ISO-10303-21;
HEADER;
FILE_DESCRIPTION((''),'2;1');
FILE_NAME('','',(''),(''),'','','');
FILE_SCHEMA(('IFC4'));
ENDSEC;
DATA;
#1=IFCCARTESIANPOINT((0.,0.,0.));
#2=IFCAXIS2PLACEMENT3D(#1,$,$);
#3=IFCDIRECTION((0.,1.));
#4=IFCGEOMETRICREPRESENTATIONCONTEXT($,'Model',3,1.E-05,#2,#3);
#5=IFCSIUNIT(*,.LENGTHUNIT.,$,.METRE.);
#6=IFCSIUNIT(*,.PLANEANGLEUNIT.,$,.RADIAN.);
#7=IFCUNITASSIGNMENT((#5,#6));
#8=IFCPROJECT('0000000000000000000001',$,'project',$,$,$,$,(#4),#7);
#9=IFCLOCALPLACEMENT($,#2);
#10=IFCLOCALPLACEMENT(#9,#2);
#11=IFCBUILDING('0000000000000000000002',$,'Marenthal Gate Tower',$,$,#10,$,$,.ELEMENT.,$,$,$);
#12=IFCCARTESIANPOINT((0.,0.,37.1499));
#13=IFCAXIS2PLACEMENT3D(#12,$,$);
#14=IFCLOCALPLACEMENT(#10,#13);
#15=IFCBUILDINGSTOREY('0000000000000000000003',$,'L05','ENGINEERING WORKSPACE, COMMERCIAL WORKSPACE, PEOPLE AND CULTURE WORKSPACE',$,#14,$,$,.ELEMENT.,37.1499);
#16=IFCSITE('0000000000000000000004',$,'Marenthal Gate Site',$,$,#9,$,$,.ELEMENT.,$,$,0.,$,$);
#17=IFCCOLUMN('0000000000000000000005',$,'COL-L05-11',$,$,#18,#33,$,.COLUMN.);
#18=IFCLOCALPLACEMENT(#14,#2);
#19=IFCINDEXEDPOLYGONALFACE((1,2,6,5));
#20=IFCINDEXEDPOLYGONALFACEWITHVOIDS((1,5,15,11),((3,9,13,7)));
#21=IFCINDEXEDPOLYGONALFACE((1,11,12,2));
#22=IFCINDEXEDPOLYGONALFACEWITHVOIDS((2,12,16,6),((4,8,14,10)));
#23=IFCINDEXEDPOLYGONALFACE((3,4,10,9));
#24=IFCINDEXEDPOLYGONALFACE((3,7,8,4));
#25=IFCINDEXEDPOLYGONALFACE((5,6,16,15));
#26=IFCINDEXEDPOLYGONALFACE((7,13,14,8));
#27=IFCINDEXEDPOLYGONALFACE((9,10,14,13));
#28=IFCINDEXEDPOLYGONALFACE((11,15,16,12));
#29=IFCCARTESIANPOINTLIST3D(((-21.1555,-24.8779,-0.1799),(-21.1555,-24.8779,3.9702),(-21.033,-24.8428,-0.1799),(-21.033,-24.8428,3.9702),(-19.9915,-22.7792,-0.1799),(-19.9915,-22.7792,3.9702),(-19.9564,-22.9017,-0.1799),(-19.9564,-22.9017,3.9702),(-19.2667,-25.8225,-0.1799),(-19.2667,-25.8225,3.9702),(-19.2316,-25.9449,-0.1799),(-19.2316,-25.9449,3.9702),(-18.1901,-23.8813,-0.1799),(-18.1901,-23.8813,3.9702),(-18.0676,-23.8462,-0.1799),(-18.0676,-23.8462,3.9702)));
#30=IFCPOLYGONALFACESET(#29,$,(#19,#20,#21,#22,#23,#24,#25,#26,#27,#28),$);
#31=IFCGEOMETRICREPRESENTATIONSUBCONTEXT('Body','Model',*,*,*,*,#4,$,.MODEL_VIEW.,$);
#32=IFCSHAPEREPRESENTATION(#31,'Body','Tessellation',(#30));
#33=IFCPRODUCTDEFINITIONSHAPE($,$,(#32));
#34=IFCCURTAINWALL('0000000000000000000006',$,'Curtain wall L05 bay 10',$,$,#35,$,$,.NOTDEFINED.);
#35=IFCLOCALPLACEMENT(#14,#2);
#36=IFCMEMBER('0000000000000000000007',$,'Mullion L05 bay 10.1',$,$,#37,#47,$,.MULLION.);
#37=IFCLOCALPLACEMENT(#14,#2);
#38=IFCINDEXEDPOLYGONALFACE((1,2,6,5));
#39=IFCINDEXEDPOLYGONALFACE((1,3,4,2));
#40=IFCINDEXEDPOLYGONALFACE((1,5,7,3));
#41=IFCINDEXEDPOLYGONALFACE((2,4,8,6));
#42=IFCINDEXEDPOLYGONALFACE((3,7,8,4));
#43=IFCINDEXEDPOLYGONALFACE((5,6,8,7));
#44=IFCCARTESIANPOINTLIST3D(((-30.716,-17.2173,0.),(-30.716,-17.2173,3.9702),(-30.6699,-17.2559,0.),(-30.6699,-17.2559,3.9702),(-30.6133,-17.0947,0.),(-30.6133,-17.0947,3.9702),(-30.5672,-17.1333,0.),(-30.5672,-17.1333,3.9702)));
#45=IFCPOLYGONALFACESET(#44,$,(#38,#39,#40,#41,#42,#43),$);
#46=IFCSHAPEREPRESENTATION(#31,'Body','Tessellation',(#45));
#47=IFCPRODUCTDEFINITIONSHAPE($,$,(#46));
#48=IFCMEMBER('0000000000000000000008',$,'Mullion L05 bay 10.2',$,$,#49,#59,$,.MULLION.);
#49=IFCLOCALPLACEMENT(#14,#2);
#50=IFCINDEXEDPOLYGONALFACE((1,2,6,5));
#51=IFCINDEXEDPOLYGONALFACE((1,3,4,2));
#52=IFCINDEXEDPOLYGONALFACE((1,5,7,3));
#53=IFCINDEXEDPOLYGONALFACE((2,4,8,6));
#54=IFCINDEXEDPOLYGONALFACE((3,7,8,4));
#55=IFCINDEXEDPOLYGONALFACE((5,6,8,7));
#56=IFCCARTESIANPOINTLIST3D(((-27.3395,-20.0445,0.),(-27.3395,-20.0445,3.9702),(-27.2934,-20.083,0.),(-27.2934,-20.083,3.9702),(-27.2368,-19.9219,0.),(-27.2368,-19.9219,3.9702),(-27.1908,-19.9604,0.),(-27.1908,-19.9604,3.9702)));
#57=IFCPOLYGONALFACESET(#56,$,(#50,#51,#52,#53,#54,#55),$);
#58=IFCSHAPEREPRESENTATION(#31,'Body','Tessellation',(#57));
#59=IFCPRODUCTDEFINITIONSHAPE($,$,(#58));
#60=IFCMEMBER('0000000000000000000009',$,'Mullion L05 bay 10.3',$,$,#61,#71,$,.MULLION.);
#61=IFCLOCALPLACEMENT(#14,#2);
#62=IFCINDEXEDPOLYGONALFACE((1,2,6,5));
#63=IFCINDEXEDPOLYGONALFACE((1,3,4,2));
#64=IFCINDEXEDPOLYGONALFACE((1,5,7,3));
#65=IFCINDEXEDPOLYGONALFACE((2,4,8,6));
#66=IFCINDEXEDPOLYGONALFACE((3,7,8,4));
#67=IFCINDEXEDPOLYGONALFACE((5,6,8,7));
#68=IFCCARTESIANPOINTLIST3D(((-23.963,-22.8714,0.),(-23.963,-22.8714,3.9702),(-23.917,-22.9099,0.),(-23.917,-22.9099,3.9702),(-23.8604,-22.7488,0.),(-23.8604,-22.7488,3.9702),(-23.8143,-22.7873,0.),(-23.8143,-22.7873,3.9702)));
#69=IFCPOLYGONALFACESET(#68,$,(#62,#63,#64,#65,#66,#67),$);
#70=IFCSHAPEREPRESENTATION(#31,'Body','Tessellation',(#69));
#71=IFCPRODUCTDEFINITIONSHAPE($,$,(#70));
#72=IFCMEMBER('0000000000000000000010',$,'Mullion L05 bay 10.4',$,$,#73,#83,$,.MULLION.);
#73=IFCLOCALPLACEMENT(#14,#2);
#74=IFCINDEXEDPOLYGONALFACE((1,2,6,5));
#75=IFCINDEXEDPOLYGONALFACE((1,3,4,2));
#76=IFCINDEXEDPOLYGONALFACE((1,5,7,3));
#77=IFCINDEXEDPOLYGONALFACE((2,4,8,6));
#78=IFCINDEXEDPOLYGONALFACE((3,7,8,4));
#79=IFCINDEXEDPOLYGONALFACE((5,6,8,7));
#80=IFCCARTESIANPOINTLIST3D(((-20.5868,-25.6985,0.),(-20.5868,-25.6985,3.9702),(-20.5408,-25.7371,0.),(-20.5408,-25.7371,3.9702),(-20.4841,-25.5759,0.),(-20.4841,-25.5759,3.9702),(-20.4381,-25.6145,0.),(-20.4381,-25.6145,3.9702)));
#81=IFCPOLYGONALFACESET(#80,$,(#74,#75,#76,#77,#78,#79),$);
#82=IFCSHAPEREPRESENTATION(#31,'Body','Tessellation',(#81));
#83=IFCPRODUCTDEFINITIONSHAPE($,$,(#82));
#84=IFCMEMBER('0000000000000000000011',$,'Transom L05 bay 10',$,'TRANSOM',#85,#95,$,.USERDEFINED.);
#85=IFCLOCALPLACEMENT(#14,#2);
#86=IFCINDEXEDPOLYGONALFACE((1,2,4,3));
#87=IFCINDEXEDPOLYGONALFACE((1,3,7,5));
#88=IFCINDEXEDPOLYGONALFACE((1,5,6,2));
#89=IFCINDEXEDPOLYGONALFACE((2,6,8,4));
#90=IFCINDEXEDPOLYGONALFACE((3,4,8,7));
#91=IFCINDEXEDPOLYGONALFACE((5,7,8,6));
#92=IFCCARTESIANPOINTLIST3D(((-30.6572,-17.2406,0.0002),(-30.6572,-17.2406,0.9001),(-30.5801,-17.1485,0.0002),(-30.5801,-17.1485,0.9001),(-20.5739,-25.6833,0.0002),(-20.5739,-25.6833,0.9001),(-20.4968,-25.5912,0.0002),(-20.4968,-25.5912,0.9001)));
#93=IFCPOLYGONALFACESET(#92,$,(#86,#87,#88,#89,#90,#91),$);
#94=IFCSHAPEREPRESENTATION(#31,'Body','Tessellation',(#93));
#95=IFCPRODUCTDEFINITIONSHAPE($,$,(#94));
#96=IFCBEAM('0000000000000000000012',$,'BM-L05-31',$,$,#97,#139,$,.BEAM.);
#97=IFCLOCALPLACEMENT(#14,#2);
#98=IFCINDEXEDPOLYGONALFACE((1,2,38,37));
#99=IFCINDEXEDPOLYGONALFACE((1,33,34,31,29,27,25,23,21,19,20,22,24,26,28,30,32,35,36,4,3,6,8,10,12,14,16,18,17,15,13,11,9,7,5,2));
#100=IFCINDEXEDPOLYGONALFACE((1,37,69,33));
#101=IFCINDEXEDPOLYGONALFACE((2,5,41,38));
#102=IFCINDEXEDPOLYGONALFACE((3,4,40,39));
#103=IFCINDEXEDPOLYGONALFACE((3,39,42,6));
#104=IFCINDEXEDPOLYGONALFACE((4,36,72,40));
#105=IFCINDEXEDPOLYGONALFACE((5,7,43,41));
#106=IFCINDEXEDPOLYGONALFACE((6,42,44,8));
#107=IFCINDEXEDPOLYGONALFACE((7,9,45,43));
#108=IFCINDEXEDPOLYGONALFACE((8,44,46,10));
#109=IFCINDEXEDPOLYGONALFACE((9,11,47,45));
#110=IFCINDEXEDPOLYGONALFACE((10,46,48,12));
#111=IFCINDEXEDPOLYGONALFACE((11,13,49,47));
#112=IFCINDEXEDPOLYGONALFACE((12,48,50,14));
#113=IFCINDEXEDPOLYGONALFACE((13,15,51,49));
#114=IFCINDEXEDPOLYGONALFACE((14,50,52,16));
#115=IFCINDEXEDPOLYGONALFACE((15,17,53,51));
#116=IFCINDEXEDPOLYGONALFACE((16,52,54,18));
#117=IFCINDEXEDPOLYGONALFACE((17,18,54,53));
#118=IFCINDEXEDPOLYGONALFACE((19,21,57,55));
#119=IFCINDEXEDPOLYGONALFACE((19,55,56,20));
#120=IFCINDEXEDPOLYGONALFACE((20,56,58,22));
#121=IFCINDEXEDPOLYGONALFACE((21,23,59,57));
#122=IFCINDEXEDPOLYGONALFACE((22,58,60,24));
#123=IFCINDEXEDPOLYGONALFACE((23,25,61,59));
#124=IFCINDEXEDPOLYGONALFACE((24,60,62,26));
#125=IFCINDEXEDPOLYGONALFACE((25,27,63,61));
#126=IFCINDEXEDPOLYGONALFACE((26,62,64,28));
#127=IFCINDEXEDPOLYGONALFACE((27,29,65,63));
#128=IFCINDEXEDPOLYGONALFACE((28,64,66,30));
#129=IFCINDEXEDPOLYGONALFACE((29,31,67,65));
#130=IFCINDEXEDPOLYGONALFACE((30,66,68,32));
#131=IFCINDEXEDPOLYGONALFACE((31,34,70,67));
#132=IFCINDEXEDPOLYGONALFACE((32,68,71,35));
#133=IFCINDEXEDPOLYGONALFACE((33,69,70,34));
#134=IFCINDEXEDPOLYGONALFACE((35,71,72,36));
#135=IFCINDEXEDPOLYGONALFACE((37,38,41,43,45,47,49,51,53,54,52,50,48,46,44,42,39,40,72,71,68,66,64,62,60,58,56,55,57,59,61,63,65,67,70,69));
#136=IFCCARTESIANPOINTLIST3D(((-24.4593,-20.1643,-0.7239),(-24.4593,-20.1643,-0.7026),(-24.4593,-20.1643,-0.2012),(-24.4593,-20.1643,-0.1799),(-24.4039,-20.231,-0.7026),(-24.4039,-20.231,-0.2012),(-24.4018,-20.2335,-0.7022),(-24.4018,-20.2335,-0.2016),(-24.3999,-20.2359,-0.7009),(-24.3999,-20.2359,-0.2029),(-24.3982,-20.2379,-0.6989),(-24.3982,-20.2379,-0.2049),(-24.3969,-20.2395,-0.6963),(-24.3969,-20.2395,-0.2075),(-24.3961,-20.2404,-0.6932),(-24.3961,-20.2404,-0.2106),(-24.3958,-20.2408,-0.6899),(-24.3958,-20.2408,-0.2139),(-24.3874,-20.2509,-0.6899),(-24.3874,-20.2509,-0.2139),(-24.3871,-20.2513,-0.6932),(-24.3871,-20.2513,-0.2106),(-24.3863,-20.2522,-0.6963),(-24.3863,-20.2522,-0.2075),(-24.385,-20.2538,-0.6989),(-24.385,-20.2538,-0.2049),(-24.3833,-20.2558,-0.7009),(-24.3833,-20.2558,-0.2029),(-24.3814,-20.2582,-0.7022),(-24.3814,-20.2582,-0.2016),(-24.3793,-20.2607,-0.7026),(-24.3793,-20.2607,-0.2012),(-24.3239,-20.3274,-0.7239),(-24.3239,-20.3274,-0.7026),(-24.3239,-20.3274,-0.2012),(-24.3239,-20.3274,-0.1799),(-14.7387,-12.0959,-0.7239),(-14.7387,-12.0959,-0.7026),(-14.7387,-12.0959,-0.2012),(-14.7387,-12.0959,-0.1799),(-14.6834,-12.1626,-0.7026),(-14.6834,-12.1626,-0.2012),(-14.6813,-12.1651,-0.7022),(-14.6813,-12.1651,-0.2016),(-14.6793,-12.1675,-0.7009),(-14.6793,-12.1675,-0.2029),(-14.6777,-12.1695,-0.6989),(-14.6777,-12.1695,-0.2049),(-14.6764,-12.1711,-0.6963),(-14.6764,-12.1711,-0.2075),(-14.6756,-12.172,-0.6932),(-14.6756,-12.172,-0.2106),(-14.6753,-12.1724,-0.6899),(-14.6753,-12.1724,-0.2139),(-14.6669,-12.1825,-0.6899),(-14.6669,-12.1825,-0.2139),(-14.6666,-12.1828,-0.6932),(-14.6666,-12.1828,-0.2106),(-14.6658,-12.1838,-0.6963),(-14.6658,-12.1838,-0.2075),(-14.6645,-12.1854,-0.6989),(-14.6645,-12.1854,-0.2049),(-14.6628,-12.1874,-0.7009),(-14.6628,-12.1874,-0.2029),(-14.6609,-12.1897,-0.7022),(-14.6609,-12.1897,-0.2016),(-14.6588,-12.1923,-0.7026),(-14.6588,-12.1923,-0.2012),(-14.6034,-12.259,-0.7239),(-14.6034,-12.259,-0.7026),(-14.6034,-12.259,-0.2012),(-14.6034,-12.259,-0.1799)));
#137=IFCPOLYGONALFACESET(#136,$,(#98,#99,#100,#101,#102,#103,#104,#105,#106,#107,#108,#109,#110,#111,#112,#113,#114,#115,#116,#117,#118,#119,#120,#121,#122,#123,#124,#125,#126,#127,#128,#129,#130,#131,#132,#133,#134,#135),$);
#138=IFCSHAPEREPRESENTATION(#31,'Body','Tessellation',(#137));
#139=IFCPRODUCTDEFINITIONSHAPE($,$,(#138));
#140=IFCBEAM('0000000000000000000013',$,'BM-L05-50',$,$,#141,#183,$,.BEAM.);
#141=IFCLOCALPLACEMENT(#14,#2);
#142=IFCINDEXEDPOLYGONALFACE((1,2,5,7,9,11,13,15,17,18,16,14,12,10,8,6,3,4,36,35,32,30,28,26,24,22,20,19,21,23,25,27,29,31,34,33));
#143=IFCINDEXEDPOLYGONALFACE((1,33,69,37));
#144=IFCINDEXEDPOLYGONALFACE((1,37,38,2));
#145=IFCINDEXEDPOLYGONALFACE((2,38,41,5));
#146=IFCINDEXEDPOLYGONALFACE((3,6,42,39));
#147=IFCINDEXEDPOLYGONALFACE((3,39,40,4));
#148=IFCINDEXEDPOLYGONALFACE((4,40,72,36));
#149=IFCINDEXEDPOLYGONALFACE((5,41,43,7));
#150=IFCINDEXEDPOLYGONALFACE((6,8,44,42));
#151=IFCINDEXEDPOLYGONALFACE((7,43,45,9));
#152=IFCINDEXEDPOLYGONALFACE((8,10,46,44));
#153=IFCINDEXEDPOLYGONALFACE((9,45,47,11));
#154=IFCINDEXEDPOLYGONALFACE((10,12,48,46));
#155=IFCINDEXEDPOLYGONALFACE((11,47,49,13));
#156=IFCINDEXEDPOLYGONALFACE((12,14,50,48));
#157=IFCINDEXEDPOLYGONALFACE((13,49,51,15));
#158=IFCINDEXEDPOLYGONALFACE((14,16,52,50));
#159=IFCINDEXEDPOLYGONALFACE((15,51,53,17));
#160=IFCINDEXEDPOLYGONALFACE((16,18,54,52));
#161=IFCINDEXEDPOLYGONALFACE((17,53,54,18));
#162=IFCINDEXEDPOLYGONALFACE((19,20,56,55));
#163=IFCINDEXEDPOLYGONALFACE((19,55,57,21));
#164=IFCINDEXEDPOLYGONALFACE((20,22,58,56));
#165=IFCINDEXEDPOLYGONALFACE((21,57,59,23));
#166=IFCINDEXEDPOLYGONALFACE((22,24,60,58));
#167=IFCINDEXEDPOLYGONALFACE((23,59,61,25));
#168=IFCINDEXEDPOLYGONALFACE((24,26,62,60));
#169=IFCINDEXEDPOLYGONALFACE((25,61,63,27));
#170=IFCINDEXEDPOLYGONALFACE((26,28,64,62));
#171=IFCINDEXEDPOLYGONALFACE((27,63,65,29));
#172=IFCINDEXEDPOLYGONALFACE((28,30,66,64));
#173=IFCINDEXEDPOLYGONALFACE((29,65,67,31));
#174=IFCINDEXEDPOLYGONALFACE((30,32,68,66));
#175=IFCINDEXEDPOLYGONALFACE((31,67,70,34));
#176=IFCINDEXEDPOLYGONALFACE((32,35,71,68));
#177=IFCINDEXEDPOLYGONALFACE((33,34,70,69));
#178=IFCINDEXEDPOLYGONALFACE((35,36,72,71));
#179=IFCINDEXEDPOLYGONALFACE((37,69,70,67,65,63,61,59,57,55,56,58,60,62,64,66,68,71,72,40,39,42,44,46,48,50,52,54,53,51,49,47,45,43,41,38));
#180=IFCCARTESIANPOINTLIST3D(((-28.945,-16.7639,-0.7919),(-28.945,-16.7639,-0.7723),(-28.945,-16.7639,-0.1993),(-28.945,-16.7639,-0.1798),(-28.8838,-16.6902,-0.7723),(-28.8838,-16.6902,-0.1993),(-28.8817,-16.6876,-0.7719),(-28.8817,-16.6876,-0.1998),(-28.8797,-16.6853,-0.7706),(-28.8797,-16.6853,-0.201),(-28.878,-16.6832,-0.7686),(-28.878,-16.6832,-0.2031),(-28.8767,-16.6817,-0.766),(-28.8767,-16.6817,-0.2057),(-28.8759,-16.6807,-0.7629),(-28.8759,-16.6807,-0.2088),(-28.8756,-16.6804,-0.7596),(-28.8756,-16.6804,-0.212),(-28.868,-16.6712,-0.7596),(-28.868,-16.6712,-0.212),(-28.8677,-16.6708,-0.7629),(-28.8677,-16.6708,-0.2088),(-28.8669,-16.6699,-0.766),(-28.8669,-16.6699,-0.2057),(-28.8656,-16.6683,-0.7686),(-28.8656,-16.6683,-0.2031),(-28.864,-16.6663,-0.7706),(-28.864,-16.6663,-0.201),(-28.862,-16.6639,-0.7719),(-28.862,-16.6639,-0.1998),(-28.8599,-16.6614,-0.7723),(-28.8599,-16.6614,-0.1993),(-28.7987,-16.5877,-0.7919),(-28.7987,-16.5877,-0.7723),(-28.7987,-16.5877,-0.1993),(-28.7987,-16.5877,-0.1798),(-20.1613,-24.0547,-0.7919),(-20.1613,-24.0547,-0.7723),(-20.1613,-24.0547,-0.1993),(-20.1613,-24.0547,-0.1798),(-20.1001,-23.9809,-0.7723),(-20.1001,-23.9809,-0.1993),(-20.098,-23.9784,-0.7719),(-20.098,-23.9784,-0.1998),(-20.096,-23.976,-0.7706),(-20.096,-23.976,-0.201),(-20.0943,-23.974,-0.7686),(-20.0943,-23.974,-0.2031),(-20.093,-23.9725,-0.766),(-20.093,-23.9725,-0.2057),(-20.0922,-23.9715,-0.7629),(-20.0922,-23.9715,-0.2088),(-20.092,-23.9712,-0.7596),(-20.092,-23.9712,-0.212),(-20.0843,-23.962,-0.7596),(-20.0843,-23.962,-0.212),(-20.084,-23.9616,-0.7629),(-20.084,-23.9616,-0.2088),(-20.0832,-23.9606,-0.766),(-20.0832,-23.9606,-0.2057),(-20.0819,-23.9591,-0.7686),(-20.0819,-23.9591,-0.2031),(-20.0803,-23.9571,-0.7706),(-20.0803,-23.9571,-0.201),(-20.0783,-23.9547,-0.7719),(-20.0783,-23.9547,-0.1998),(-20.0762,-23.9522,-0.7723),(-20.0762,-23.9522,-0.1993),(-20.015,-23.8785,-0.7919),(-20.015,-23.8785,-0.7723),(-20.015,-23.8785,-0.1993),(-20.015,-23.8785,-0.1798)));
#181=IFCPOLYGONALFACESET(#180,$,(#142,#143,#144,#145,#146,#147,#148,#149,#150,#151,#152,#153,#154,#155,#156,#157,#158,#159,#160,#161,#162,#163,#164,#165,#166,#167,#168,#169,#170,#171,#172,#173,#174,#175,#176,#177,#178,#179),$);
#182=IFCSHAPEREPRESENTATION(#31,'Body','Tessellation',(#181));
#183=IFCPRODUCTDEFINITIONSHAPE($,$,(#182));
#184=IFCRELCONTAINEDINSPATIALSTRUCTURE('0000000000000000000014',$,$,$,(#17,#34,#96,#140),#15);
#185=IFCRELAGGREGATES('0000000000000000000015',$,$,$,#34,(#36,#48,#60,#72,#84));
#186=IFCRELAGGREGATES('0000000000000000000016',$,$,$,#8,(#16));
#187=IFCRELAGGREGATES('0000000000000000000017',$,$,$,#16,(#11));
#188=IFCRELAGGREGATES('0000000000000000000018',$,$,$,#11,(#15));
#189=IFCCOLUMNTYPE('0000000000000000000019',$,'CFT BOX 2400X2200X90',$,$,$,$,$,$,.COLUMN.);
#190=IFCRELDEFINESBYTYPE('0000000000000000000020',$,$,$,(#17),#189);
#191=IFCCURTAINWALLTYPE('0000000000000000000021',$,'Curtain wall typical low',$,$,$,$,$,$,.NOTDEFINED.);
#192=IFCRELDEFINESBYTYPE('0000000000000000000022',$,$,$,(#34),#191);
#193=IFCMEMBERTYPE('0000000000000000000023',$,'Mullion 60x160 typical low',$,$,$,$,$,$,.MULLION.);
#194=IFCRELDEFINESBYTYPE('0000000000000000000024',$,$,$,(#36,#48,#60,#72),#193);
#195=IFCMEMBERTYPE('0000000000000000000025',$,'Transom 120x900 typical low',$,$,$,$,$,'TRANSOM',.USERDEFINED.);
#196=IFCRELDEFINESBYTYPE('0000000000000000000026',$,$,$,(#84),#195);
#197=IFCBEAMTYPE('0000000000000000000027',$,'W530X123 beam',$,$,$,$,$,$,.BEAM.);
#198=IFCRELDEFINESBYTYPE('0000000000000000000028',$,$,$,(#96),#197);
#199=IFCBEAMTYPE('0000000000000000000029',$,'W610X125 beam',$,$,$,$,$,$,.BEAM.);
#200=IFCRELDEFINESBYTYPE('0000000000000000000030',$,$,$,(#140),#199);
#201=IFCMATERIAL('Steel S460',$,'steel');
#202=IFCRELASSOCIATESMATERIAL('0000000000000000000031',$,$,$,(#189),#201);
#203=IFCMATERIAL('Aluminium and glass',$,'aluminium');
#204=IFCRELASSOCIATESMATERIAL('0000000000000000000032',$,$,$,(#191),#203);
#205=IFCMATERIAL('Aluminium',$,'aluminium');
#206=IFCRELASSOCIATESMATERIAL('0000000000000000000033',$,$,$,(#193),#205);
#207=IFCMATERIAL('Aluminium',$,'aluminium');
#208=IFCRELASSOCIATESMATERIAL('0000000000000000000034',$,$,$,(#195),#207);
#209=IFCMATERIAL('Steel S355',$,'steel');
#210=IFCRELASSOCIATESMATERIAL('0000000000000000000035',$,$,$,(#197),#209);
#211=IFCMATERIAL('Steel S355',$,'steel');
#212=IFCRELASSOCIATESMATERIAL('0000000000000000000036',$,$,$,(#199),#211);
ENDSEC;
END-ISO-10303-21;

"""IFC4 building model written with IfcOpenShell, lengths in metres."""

from ifc_helpers import new_model, si_unit, direction, frame, origin, origin_2d, place, context, subcontext, project, spatial, rectangle, hollow_rectangle, i_section, extrude, material, material_profile, profile_set, type_object, element, aggregate, save


model = new_model("IFC4")

# Units and contexts
model_context = context("Model", 3, precision=1e-05, world=origin(), true_north=direction((0.0, 1.0)))
body_context = subcontext(model_context, "Body", "Model", "MODEL_VIEW")
ifc_project = project(units=[si_unit("LENGTHUNIT", "METRE"), si_unit("PLANEANGLEUNIT", "RADIAN")], contexts=[model_context])

# Site, building, storey
site_placement = place(None, origin())
site = spatial("IfcSite", under=ifc_project, at=site_placement, Name="Marenthal Gate Site", CompositionType="ELEMENT", RefElevation=0.0)
building_placement = place(site_placement, origin())
building = spatial("IfcBuilding", under=site, at=building_placement, Name="Marenthal Gate Tower", CompositionType="ELEMENT")
storey_placement = place(building_placement, frame((0.0, 0.0, 37.1499)))
storey = spatial("IfcBuildingStorey", under=building, at=storey_placement, Name="L05", Description="ENGINEERING WORKSPACE, COMMERCIAL WORKSPACE, PEOPLE AND CULTURE WORKSPACE", CompositionType="ELEMENT", Elevation=37.1499)

# Column
ifc_material_1 = material(Name="Steel S460", Category="steel")
ifc_material_profile_1 = material_profile(ifc_material_1, hollow_rectangle(XDim=2.2, YDim=2.3999, WallThickness=0.0901, at=origin_2d()), Name="CFT BOX 2400X2200X90")
ifc_material_2 = material(Name="Concrete 70 MPa", Category="concrete")
ifc_material_profile_2 = material_profile(ifc_material_2, rectangle(XDim=2.02, YDim=2.22, at=origin_2d()), Name="CFT BOX 2400X2200X90 INFILL")
ifc_profile_set_1 = profile_set([ifc_material_profile_1, ifc_material_profile_2], Name="Steel S460 shell, Concrete 70 MPa infill")
column_type = type_object("IfcColumnType", Name="CFT BOX 2400X2200X90", PredefinedType="COLUMN", material=ifc_profile_set_1)
column_placement = place(storey_placement, frame((-19.6116, -24.3621, -0.1799), z_axis=(0.0, 0.0, 1.0), x_axis=(-0.874509, 0.48501, 0.0)))
element("IfcColumn", 1, at=column_placement, inside=storey, type_object=column_type, Name="COL-L05-11", PredefinedType="COLUMN", context=body_context, shape_type="SweptSolid", body=[
    extrude(hollow_rectangle(XDim=2.2, YDim=2.3999, WallThickness=0.0901, at=origin_2d()), origin(), (0.0, 0.0, 1.0), 4.1501),
])

# Curtain wall, members
ifc_material_3 = material(Name="Aluminium and glass", Category="aluminium")
curtain_wall_type = type_object("IfcCurtainWallType", Name="Curtain wall typical low", PredefinedType="NOTDEFINED", material=ifc_material_3)
curtain_wall_placement = place(storey_placement, origin())
curtain_wall = element("IfcCurtainWall", 2, at=curtain_wall_placement, inside=storey, type_object=curtain_wall_type, Name="Curtain wall L05 bay 10", PredefinedType="NOTDEFINED")
ifc_material_4 = material(Name="Aluminium", Category="aluminium")
ifc_material_profile_3 = material_profile(ifc_material_4, rectangle(XDim=0.1599, YDim=0.0601, at=origin_2d()), Name="60x160 aluminium mullion")
ifc_profile_set_2 = profile_set([ifc_material_profile_3], Name="Aluminium")
member_type_1 = type_object("IfcMemberType", Name="Mullion 60x160 typical low", PredefinedType="MULLION", material=ifc_profile_set_2)
member_1_placement = place(storey_placement, frame((-30.6416, -17.1753, 0.0), z_axis=(0.0, 0.0, 1.0), x_axis=(0.641982, 0.76672, 0.0)))
member_1 = element("IfcMember", 3, at=member_1_placement, type_object=member_type_1, Name="Mullion L05 bay 10.1", PredefinedType="MULLION", context=body_context, shape_type="SweptSolid", body=[
    extrude(rectangle(XDim=0.1599, YDim=0.0601, at=origin_2d()), origin(), (0.0, 0.0, 1.0), 3.9702),
])
member_2_placement = place(storey_placement, frame((-27.2651, -20.0024, 0.0), z_axis=(0.0, 0.0, 1.0), x_axis=(0.641982, 0.76672, 0.0)))
member_2 = element("IfcMember", 4, at=member_2_placement, type_object=member_type_1, Name="Mullion L05 bay 10.2", PredefinedType="MULLION", context=body_context, shape_type="SweptSolid", body=[
    extrude(rectangle(XDim=0.1599, YDim=0.0601, at=origin_2d()), origin(), (0.0, 0.0, 1.0), 3.9702),
])
member_3_placement = place(storey_placement, frame((-23.8887, -22.8293, 0.0), z_axis=(0.0, 0.0, 1.0), x_axis=(0.641982, 0.76672, 0.0)))
member_3 = element("IfcMember", 5, at=member_3_placement, type_object=member_type_1, Name="Mullion L05 bay 10.3", PredefinedType="MULLION", context=body_context, shape_type="SweptSolid", body=[
    extrude(rectangle(XDim=0.1599, YDim=0.0601, at=origin_2d()), origin(), (0.0, 0.0, 1.0), 3.9702),
])
member_4_placement = place(storey_placement, frame((-20.5125, -25.6565, 0.0), z_axis=(0.0, 0.0, 1.0), x_axis=(0.641982, 0.76672, 0.0)))
member_4 = element("IfcMember", 6, at=member_4_placement, type_object=member_type_1, Name="Mullion L05 bay 10.4", PredefinedType="MULLION", context=body_context, shape_type="SweptSolid", body=[
    extrude(rectangle(XDim=0.1599, YDim=0.0601, at=origin_2d()), origin(), (0.0, 0.0, 1.0), 3.9702),
])
ifc_material_5 = material(Name="Aluminium", Category="aluminium")
ifc_material_profile_4 = material_profile(ifc_material_5, rectangle(XDim=0.1201, YDim=0.8999, at=origin_2d()), Name="120x900 aluminium transom")
ifc_profile_set_3 = profile_set([ifc_material_profile_4], Name="Aluminium")
member_type_2 = type_object("IfcMemberType", Name="Transom 120x900 typical low", ElementType="TRANSOM", PredefinedType="USERDEFINED", material=ifc_profile_set_3)
member_5_placement = place(storey_placement, frame((-30.6187, -17.1946, 0.4502), z_axis=(0.766726, -0.641974, 0.0), x_axis=(0.641974, 0.766726, 0.0)))
member_5 = element("IfcMember", 7, at=member_5_placement, type_object=member_type_2, Name="Transom L05 bay 10", ObjectType="TRANSOM", PredefinedType="USERDEFINED", context=body_context, shape_type="SweptSolid", body=[
    extrude(rectangle(XDim=0.1201, YDim=0.8999, at=origin_2d()), origin(), (0.0, 0.0, 1.0), 13.1511),
])

# Beams
ifc_material_6 = material(Name="Steel S355", Category="steel")
ifc_material_profile_5 = material_profile(ifc_material_6, i_section(OverallWidth=0.2119, OverallDepth=0.5439, WebThickness=0.0132, FlangeThickness=0.0212, FilletRadius=0.0127, at=origin_2d()), Name="W530X123")
ifc_profile_set_4 = profile_set([ifc_material_profile_5], Name="Steel S355")
beam_type_1 = type_object("IfcBeamType", Name="W530X123 beam", PredefinedType="BEAM", material=ifc_profile_set_4)
beam_1_placement = place(storey_placement, frame((-24.3916, -20.2458, -0.4519), z_axis=(0.769467, 0.638687, 0.0), x_axis=(-0.638687, 0.769467, 0.0)))
element("IfcBeam", 8, at=beam_1_placement, inside=storey, type_object=beam_type_1, Name="BM-L05-31", PredefinedType="BEAM", context=body_context, shape_type="SweptSolid", body=[
    extrude(i_section(OverallWidth=0.2119, OverallDepth=0.5439, WebThickness=0.0132, FlangeThickness=0.0212, FilletRadius=0.0127, at=origin_2d()), origin(), (0.0, 0.0, 1.0), 12.6328),
])
ifc_material_7 = material(Name="Steel S355", Category="steel")
ifc_material_profile_6 = material_profile(ifc_material_7, i_section(OverallWidth=0.229, OverallDepth=0.6121, WebThickness=0.012, FlangeThickness=0.0195, FilletRadius=0.0127, at=origin_2d()), Name="W610X125")
ifc_profile_set_5 = profile_set([ifc_material_profile_6], Name="Steel S355")
beam_type_2 = type_object("IfcBeamType", Name="W610X125 beam", PredefinedType="BEAM", material=ifc_profile_set_5)
beam_2_placement = place(storey_placement, frame((-28.8718, -16.6758, -0.4858), z_axis=(0.769468, -0.638685, 0.0), x_axis=(0.638685, 0.769468, 0.0)))
element("IfcBeam", 9, at=beam_2_placement, inside=storey, type_object=beam_type_2, Name="BM-L05-50", PredefinedType="BEAM", context=body_context, shape_type="SweptSolid", body=[
    extrude(i_section(OverallWidth=0.229, OverallDepth=0.6121, WebThickness=0.012, FlangeThickness=0.0195, FilletRadius=0.0127, at=origin_2d()), origin(), (0.0, 0.0, 1.0), 11.4153),
])

aggregate(curtain_wall, [member_1, member_2, member_3, member_4, member_5])

save(model, "model.ifc")
